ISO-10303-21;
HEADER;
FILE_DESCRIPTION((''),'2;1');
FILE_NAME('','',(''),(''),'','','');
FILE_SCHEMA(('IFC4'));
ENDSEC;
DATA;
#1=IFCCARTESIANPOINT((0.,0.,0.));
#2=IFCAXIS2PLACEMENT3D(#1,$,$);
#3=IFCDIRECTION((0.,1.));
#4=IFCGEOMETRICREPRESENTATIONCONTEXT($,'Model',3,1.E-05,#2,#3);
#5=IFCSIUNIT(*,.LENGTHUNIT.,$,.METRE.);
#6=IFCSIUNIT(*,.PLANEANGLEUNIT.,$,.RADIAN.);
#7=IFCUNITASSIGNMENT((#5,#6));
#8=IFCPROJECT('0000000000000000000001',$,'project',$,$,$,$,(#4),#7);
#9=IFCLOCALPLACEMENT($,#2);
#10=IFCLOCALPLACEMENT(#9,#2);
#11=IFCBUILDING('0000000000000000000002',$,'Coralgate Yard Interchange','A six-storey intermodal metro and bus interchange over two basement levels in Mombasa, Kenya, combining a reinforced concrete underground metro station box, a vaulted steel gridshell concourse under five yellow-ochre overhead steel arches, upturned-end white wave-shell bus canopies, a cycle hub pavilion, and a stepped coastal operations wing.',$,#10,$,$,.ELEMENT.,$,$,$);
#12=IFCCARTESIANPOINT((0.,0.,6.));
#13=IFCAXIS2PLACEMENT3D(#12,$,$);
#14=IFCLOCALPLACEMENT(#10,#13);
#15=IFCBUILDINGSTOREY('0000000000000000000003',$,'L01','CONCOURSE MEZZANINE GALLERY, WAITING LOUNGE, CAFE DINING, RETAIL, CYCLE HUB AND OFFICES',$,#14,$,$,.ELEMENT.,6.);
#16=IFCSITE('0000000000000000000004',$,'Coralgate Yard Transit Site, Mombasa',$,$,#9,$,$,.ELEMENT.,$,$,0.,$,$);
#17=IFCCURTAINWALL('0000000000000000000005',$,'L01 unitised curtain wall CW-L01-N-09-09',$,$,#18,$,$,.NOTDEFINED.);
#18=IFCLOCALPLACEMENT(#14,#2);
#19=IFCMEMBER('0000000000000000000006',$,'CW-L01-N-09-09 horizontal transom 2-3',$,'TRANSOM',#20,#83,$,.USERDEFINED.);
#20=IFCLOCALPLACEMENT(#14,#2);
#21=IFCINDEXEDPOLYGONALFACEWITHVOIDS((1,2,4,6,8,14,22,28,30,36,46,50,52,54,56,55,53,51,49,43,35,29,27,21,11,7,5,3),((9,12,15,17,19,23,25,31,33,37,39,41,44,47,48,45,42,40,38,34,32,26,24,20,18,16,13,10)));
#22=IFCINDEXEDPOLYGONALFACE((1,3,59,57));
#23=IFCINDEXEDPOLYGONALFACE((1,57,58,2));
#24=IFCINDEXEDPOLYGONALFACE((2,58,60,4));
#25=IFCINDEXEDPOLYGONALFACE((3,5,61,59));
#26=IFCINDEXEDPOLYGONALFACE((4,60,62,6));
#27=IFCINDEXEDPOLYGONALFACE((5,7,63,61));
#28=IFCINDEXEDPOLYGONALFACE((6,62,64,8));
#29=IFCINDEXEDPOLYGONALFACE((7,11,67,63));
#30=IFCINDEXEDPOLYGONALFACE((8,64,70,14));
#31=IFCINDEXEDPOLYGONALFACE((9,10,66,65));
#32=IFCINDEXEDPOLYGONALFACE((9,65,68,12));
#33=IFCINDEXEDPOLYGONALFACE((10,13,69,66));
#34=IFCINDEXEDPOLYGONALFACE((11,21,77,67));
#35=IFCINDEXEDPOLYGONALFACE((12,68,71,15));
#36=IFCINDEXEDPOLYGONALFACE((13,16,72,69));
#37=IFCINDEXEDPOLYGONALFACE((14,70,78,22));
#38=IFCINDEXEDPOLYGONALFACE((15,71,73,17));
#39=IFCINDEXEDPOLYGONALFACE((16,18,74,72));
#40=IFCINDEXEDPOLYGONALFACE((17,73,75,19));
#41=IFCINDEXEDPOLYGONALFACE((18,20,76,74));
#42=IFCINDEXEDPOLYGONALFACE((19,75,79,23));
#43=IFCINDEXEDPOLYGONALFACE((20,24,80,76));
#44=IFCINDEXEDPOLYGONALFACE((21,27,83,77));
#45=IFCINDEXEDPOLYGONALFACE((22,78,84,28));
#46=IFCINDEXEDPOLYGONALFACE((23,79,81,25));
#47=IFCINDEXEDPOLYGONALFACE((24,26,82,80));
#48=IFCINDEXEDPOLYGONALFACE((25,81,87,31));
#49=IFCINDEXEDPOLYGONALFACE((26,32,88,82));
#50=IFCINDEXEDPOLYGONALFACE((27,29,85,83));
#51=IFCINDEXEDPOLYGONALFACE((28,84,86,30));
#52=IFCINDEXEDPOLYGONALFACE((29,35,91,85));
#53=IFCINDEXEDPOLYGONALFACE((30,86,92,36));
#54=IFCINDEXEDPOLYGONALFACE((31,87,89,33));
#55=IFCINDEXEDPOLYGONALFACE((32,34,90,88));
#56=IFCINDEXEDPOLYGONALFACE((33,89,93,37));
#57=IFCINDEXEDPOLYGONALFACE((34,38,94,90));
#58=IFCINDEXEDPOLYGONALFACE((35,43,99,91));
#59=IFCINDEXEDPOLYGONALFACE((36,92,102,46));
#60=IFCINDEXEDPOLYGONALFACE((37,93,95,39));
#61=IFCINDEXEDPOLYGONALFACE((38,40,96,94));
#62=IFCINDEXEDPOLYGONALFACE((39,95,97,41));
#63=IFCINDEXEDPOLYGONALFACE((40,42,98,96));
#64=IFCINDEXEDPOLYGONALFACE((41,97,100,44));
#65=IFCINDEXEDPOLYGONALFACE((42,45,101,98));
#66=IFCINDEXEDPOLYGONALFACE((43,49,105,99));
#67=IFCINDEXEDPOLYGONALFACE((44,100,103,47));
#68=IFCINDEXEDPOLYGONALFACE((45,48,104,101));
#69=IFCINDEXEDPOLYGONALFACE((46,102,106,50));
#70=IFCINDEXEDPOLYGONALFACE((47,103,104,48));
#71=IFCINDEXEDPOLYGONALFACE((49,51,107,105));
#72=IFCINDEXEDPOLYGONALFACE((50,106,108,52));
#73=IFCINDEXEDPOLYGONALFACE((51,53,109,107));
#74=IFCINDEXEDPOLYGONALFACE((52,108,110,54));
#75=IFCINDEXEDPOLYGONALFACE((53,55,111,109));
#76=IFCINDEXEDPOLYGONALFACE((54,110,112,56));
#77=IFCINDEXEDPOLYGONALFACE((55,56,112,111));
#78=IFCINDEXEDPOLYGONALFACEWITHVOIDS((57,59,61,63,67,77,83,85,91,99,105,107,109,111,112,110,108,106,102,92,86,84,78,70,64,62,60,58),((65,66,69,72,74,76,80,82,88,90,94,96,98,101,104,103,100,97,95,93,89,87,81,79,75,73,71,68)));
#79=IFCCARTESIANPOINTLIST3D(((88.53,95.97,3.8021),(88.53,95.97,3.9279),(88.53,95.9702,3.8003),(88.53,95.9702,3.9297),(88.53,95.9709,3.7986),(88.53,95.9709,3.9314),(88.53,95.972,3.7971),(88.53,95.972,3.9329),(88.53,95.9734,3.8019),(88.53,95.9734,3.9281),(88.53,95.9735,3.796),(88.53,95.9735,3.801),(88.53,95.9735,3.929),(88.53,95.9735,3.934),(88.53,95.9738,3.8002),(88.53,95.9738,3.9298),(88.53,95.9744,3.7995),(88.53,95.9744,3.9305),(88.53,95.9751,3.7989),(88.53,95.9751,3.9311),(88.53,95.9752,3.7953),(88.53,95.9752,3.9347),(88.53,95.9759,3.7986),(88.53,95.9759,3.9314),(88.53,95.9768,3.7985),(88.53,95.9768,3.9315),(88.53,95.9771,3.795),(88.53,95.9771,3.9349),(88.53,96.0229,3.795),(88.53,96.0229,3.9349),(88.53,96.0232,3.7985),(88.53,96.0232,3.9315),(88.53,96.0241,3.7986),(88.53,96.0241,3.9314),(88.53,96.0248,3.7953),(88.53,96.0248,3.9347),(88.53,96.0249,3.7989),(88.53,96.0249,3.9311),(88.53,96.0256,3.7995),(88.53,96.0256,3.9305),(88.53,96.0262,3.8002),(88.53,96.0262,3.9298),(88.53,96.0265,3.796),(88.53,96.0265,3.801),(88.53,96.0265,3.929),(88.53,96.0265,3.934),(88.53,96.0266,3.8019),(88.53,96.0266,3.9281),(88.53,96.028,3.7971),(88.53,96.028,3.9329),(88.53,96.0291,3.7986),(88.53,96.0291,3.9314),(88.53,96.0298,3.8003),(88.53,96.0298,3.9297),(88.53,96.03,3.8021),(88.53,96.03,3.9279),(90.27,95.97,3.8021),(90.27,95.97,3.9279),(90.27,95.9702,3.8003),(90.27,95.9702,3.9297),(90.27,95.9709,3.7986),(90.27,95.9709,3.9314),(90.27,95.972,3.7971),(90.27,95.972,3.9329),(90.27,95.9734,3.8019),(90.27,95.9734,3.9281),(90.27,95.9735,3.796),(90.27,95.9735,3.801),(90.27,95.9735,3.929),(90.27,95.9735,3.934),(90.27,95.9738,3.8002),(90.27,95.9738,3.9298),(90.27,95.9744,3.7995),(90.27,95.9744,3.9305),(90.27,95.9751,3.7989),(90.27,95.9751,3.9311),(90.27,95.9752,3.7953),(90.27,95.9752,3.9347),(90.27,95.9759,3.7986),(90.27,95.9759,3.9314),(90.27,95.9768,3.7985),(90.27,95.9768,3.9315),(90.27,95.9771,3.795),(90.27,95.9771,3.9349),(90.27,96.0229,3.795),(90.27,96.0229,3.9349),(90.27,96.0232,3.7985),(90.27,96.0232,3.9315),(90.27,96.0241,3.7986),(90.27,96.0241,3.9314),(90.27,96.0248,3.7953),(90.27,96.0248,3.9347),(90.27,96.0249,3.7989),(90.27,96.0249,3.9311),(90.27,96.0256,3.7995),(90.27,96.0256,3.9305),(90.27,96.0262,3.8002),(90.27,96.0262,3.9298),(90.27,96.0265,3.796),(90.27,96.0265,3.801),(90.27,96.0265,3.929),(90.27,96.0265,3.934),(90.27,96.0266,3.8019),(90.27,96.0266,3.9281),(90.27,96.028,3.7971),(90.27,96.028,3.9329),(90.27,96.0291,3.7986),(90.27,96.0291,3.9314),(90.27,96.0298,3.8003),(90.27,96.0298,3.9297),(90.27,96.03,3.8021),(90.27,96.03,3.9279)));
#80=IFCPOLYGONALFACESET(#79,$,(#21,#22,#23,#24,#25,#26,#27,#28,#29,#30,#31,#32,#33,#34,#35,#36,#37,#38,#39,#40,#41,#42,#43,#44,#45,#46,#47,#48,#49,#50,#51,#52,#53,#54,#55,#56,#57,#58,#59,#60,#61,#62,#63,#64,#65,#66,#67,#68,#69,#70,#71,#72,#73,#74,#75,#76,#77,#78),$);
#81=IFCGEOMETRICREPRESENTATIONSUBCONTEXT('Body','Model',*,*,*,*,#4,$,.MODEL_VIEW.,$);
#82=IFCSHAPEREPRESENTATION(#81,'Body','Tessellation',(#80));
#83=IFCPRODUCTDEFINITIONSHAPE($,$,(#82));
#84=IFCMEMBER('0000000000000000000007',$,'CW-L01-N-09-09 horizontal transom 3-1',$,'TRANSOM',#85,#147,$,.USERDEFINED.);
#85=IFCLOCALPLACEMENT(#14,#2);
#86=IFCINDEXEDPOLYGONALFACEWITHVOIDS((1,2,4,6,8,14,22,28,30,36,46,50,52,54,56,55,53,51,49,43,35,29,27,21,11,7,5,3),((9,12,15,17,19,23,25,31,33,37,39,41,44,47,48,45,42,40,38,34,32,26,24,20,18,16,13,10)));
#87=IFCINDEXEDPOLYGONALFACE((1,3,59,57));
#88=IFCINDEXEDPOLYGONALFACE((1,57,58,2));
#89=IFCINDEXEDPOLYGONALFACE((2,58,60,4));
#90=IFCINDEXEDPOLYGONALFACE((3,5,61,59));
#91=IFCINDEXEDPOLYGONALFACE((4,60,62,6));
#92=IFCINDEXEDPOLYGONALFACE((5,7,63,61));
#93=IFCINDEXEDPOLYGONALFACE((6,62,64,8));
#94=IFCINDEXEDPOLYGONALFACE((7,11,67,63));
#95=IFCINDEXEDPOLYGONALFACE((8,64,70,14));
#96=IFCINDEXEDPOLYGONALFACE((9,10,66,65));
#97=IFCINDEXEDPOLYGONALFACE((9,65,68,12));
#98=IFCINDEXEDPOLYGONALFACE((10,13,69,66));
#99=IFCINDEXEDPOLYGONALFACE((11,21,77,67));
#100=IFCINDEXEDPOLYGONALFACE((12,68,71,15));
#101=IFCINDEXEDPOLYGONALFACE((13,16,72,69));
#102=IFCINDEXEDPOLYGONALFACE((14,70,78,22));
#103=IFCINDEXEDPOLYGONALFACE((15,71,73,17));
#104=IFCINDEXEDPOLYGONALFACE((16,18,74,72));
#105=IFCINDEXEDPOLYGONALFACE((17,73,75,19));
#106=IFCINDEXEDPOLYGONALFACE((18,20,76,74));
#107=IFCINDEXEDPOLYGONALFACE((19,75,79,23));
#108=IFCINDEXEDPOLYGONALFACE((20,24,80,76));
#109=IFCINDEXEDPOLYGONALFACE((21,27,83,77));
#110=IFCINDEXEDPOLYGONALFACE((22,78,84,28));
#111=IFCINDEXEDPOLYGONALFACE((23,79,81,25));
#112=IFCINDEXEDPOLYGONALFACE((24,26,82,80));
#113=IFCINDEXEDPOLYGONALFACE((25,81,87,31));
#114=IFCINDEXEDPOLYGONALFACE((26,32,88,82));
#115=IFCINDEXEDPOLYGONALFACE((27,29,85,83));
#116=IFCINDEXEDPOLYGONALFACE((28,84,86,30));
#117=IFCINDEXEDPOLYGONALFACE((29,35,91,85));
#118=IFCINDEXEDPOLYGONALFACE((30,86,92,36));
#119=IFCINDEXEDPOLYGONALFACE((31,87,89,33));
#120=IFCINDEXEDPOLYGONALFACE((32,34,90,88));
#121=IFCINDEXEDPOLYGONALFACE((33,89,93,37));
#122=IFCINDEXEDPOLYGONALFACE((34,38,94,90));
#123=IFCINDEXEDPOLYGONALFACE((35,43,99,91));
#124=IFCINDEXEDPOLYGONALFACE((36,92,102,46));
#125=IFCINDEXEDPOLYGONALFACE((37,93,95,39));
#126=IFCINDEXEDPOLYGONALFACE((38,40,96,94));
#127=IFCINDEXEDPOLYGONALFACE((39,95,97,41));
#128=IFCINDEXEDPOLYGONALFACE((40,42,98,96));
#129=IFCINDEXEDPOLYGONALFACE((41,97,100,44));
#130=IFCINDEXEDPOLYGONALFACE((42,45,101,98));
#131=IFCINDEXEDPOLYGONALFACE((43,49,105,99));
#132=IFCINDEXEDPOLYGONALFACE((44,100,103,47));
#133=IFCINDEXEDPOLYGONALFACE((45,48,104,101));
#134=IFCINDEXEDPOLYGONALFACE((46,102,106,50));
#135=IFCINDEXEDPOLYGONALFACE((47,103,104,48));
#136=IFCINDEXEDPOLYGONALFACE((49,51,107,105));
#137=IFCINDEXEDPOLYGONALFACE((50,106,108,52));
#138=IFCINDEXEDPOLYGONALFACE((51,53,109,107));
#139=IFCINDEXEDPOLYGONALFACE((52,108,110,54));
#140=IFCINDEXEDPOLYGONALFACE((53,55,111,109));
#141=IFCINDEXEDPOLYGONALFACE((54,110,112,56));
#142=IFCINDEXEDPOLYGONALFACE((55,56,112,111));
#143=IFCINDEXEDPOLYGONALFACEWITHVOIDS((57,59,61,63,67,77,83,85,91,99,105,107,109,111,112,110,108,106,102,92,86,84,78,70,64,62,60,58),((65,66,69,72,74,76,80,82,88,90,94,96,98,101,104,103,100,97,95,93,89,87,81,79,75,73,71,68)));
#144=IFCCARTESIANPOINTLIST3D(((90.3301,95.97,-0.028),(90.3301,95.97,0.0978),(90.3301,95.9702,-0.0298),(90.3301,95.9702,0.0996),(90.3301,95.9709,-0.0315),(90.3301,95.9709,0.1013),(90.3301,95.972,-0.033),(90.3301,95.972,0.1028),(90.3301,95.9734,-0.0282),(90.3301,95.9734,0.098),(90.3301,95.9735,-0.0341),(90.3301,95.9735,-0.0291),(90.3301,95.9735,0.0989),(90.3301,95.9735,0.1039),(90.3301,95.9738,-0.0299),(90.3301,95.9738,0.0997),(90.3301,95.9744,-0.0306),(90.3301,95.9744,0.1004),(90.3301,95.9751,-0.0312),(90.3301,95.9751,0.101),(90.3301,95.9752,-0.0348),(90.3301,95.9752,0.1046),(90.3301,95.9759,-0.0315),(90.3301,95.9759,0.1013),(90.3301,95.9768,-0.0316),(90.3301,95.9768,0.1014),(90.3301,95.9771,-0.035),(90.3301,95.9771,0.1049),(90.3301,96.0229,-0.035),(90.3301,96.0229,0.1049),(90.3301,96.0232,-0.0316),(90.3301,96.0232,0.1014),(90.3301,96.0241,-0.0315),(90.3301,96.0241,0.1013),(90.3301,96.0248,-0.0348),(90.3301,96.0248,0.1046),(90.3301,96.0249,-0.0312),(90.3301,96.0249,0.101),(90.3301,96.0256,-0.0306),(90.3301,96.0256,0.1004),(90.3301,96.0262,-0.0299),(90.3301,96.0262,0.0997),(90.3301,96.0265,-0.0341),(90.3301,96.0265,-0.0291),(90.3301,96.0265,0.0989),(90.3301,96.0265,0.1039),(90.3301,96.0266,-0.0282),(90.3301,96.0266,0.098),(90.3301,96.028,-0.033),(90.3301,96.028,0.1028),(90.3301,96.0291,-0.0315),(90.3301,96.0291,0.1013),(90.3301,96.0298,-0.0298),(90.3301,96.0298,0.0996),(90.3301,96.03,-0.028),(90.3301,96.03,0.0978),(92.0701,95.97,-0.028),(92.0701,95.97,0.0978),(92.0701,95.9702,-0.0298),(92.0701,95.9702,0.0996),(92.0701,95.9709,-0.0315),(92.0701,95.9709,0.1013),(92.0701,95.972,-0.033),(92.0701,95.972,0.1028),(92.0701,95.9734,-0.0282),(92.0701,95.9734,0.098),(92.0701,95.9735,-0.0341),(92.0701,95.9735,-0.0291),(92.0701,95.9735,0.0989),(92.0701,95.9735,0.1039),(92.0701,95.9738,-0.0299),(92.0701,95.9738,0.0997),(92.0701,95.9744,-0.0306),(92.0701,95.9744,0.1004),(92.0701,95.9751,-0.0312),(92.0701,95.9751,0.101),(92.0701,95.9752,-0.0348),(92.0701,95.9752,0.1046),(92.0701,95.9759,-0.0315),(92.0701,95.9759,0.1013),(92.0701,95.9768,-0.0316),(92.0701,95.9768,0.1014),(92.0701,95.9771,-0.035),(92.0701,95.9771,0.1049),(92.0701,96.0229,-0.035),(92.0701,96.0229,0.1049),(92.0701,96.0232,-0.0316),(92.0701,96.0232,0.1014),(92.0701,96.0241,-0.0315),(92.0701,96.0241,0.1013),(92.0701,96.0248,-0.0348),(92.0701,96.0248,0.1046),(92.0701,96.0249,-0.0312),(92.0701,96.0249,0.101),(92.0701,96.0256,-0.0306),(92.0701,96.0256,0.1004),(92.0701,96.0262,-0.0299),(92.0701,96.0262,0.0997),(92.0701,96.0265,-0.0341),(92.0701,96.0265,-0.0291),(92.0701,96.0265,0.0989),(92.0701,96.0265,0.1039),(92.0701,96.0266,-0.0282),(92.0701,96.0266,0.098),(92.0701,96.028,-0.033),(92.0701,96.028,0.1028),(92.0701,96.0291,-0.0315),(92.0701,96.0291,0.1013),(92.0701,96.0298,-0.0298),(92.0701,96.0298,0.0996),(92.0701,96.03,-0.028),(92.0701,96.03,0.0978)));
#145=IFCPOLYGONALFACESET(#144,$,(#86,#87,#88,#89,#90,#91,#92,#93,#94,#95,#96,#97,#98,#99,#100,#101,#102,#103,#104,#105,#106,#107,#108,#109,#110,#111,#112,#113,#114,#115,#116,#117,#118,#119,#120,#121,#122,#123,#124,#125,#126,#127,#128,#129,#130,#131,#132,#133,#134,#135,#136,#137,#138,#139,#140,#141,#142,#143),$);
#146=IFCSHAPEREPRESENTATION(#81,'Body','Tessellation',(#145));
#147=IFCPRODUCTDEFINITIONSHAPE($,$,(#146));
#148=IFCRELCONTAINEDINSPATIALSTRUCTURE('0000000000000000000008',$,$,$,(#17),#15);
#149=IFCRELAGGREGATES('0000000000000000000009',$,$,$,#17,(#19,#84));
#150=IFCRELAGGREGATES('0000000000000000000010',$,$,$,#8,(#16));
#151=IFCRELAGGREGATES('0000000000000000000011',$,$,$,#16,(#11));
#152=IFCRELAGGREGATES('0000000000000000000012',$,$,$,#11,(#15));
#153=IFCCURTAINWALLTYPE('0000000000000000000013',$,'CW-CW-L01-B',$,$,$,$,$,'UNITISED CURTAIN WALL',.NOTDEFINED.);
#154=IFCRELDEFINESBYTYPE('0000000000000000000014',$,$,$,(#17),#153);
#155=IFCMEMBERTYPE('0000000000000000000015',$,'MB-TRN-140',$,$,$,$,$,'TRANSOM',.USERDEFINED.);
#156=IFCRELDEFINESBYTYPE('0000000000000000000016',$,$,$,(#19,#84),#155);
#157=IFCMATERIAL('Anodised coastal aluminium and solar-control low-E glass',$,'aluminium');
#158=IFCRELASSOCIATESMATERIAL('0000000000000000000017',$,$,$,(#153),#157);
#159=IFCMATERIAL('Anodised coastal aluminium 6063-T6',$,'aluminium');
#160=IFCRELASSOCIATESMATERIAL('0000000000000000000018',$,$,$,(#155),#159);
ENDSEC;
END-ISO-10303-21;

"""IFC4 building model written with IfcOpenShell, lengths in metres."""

from ifc_helpers import new_model, si_unit, direction, frame, origin, origin_2d, place, context, subcontext, project, spatial, hollow_rectangle, extrude, material, material_profile, profile_set, type_object, element, aggregate, save


model = new_model("IFC4")

# Units and contexts
model_context = context("Model", 3, precision=1e-05, world=origin(), true_north=direction((0.0, 1.0)))
body_context = subcontext(model_context, "Body", "Model", "MODEL_VIEW")
ifc_project = project(units=[si_unit("LENGTHUNIT", "METRE"), si_unit("PLANEANGLEUNIT", "RADIAN")], contexts=[model_context])

# Site, building, storey
site_placement = place(None, origin())
site = spatial("IfcSite", under=ifc_project, at=site_placement, Name="Coralgate Yard Transit Site, Mombasa", CompositionType="ELEMENT", RefElevation=0.0)
building_placement = place(site_placement, origin())
building = spatial("IfcBuilding", under=site, at=building_placement, Name="Coralgate Yard Interchange", Description="A six-storey intermodal metro and bus interchange over two basement levels in Mombasa, Kenya, combining a reinforced concrete underground metro station box, a vaulted steel gridshell concourse under five yellow-ochre overhead steel arches, upturned-end white wave-shell bus canopies, a cycle hub pavilion, and a stepped coastal operations wing.", CompositionType="ELEMENT")
storey_placement = place(building_placement, frame((0.0, 0.0, 6.0)))
storey = spatial("IfcBuildingStorey", under=building, at=storey_placement, Name="L01", Description="CONCOURSE MEZZANINE GALLERY, WAITING LOUNGE, CAFE DINING, RETAIL, CYCLE HUB AND OFFICES", CompositionType="ELEMENT", Elevation=6.0)

# Curtain wall
ifc_material_1 = material(Name="Anodised coastal aluminium and solar-control low-E glass", Category="aluminium")
curtain_wall_type = type_object("IfcCurtainWallType", Name="CW-CW-L01-B", ElementType="UNITISED CURTAIN WALL", PredefinedType="NOTDEFINED", material=ifc_material_1)
curtain_wall_placement = place(storey_placement, origin())
curtain_wall = element("IfcCurtainWall", 1, at=curtain_wall_placement, inside=storey, type_object=curtain_wall_type, Name="L01 unitised curtain wall CW-L01-N-09-09", PredefinedType="NOTDEFINED")
ifc_material_2 = material(Name="Anodised coastal aluminium 6063-T6", Category="aluminium")

# Members
ifc_material_profile_1 = material_profile(ifc_material_2, hollow_rectangle(XDim=0.0601, YDim=0.1399, WallThickness=0.0034, InnerFilletRadius=0.0034, OuterFilletRadius=0.0071, at=origin_2d()), Name="ALU 60x140x3.5")
ifc_profile_set_1 = profile_set([ifc_material_profile_1], Name="Anodised coastal aluminium 6063-T6")
member_type_1 = type_object("IfcMemberType", Name="MB-TRN-140", ElementType="TRANSOM", PredefinedType="USERDEFINED", material=ifc_profile_set_1)
member_1_placement = place(storey_placement, frame((88.53, 96.0, 3.865), z_axis=(1.0, 0.0, 0.0), x_axis=(0.0, 1.0, 0.0)))
member_1 = element("IfcMember", 2, at=member_1_placement, type_object=member_type_1, Name="CW-L01-N-09-09 horizontal transom 2-3", ObjectType="TRANSOM", PredefinedType="USERDEFINED", context=body_context, shape_type="SweptSolid", body=[
    extrude(hollow_rectangle(XDim=0.0601, YDim=0.1399, WallThickness=0.0034, InnerFilletRadius=0.0034, OuterFilletRadius=0.0071, at=origin_2d()), origin(), (0.0, 0.0, 1.0), 1.74),
])
member_2_placement = place(storey_placement, frame((90.3301, 96.0, 0.0349), z_axis=(1.0, 0.0, 0.0), x_axis=(0.0, 1.0, 0.0)))
member_2 = element("IfcMember", 3, at=member_2_placement, type_object=member_type_1, Name="CW-L01-N-09-09 horizontal transom 3-1", ObjectType="TRANSOM", PredefinedType="USERDEFINED", context=body_context, shape_type="SweptSolid", body=[
    extrude(hollow_rectangle(XDim=0.0601, YDim=0.1399, WallThickness=0.0034, InnerFilletRadius=0.0034, OuterFilletRadius=0.0071, at=origin_2d()), origin(), (0.0, 0.0, 1.0), 1.74),
])

aggregate(curtain_wall, [member_1, member_2])

save(model, "model.ifc")
